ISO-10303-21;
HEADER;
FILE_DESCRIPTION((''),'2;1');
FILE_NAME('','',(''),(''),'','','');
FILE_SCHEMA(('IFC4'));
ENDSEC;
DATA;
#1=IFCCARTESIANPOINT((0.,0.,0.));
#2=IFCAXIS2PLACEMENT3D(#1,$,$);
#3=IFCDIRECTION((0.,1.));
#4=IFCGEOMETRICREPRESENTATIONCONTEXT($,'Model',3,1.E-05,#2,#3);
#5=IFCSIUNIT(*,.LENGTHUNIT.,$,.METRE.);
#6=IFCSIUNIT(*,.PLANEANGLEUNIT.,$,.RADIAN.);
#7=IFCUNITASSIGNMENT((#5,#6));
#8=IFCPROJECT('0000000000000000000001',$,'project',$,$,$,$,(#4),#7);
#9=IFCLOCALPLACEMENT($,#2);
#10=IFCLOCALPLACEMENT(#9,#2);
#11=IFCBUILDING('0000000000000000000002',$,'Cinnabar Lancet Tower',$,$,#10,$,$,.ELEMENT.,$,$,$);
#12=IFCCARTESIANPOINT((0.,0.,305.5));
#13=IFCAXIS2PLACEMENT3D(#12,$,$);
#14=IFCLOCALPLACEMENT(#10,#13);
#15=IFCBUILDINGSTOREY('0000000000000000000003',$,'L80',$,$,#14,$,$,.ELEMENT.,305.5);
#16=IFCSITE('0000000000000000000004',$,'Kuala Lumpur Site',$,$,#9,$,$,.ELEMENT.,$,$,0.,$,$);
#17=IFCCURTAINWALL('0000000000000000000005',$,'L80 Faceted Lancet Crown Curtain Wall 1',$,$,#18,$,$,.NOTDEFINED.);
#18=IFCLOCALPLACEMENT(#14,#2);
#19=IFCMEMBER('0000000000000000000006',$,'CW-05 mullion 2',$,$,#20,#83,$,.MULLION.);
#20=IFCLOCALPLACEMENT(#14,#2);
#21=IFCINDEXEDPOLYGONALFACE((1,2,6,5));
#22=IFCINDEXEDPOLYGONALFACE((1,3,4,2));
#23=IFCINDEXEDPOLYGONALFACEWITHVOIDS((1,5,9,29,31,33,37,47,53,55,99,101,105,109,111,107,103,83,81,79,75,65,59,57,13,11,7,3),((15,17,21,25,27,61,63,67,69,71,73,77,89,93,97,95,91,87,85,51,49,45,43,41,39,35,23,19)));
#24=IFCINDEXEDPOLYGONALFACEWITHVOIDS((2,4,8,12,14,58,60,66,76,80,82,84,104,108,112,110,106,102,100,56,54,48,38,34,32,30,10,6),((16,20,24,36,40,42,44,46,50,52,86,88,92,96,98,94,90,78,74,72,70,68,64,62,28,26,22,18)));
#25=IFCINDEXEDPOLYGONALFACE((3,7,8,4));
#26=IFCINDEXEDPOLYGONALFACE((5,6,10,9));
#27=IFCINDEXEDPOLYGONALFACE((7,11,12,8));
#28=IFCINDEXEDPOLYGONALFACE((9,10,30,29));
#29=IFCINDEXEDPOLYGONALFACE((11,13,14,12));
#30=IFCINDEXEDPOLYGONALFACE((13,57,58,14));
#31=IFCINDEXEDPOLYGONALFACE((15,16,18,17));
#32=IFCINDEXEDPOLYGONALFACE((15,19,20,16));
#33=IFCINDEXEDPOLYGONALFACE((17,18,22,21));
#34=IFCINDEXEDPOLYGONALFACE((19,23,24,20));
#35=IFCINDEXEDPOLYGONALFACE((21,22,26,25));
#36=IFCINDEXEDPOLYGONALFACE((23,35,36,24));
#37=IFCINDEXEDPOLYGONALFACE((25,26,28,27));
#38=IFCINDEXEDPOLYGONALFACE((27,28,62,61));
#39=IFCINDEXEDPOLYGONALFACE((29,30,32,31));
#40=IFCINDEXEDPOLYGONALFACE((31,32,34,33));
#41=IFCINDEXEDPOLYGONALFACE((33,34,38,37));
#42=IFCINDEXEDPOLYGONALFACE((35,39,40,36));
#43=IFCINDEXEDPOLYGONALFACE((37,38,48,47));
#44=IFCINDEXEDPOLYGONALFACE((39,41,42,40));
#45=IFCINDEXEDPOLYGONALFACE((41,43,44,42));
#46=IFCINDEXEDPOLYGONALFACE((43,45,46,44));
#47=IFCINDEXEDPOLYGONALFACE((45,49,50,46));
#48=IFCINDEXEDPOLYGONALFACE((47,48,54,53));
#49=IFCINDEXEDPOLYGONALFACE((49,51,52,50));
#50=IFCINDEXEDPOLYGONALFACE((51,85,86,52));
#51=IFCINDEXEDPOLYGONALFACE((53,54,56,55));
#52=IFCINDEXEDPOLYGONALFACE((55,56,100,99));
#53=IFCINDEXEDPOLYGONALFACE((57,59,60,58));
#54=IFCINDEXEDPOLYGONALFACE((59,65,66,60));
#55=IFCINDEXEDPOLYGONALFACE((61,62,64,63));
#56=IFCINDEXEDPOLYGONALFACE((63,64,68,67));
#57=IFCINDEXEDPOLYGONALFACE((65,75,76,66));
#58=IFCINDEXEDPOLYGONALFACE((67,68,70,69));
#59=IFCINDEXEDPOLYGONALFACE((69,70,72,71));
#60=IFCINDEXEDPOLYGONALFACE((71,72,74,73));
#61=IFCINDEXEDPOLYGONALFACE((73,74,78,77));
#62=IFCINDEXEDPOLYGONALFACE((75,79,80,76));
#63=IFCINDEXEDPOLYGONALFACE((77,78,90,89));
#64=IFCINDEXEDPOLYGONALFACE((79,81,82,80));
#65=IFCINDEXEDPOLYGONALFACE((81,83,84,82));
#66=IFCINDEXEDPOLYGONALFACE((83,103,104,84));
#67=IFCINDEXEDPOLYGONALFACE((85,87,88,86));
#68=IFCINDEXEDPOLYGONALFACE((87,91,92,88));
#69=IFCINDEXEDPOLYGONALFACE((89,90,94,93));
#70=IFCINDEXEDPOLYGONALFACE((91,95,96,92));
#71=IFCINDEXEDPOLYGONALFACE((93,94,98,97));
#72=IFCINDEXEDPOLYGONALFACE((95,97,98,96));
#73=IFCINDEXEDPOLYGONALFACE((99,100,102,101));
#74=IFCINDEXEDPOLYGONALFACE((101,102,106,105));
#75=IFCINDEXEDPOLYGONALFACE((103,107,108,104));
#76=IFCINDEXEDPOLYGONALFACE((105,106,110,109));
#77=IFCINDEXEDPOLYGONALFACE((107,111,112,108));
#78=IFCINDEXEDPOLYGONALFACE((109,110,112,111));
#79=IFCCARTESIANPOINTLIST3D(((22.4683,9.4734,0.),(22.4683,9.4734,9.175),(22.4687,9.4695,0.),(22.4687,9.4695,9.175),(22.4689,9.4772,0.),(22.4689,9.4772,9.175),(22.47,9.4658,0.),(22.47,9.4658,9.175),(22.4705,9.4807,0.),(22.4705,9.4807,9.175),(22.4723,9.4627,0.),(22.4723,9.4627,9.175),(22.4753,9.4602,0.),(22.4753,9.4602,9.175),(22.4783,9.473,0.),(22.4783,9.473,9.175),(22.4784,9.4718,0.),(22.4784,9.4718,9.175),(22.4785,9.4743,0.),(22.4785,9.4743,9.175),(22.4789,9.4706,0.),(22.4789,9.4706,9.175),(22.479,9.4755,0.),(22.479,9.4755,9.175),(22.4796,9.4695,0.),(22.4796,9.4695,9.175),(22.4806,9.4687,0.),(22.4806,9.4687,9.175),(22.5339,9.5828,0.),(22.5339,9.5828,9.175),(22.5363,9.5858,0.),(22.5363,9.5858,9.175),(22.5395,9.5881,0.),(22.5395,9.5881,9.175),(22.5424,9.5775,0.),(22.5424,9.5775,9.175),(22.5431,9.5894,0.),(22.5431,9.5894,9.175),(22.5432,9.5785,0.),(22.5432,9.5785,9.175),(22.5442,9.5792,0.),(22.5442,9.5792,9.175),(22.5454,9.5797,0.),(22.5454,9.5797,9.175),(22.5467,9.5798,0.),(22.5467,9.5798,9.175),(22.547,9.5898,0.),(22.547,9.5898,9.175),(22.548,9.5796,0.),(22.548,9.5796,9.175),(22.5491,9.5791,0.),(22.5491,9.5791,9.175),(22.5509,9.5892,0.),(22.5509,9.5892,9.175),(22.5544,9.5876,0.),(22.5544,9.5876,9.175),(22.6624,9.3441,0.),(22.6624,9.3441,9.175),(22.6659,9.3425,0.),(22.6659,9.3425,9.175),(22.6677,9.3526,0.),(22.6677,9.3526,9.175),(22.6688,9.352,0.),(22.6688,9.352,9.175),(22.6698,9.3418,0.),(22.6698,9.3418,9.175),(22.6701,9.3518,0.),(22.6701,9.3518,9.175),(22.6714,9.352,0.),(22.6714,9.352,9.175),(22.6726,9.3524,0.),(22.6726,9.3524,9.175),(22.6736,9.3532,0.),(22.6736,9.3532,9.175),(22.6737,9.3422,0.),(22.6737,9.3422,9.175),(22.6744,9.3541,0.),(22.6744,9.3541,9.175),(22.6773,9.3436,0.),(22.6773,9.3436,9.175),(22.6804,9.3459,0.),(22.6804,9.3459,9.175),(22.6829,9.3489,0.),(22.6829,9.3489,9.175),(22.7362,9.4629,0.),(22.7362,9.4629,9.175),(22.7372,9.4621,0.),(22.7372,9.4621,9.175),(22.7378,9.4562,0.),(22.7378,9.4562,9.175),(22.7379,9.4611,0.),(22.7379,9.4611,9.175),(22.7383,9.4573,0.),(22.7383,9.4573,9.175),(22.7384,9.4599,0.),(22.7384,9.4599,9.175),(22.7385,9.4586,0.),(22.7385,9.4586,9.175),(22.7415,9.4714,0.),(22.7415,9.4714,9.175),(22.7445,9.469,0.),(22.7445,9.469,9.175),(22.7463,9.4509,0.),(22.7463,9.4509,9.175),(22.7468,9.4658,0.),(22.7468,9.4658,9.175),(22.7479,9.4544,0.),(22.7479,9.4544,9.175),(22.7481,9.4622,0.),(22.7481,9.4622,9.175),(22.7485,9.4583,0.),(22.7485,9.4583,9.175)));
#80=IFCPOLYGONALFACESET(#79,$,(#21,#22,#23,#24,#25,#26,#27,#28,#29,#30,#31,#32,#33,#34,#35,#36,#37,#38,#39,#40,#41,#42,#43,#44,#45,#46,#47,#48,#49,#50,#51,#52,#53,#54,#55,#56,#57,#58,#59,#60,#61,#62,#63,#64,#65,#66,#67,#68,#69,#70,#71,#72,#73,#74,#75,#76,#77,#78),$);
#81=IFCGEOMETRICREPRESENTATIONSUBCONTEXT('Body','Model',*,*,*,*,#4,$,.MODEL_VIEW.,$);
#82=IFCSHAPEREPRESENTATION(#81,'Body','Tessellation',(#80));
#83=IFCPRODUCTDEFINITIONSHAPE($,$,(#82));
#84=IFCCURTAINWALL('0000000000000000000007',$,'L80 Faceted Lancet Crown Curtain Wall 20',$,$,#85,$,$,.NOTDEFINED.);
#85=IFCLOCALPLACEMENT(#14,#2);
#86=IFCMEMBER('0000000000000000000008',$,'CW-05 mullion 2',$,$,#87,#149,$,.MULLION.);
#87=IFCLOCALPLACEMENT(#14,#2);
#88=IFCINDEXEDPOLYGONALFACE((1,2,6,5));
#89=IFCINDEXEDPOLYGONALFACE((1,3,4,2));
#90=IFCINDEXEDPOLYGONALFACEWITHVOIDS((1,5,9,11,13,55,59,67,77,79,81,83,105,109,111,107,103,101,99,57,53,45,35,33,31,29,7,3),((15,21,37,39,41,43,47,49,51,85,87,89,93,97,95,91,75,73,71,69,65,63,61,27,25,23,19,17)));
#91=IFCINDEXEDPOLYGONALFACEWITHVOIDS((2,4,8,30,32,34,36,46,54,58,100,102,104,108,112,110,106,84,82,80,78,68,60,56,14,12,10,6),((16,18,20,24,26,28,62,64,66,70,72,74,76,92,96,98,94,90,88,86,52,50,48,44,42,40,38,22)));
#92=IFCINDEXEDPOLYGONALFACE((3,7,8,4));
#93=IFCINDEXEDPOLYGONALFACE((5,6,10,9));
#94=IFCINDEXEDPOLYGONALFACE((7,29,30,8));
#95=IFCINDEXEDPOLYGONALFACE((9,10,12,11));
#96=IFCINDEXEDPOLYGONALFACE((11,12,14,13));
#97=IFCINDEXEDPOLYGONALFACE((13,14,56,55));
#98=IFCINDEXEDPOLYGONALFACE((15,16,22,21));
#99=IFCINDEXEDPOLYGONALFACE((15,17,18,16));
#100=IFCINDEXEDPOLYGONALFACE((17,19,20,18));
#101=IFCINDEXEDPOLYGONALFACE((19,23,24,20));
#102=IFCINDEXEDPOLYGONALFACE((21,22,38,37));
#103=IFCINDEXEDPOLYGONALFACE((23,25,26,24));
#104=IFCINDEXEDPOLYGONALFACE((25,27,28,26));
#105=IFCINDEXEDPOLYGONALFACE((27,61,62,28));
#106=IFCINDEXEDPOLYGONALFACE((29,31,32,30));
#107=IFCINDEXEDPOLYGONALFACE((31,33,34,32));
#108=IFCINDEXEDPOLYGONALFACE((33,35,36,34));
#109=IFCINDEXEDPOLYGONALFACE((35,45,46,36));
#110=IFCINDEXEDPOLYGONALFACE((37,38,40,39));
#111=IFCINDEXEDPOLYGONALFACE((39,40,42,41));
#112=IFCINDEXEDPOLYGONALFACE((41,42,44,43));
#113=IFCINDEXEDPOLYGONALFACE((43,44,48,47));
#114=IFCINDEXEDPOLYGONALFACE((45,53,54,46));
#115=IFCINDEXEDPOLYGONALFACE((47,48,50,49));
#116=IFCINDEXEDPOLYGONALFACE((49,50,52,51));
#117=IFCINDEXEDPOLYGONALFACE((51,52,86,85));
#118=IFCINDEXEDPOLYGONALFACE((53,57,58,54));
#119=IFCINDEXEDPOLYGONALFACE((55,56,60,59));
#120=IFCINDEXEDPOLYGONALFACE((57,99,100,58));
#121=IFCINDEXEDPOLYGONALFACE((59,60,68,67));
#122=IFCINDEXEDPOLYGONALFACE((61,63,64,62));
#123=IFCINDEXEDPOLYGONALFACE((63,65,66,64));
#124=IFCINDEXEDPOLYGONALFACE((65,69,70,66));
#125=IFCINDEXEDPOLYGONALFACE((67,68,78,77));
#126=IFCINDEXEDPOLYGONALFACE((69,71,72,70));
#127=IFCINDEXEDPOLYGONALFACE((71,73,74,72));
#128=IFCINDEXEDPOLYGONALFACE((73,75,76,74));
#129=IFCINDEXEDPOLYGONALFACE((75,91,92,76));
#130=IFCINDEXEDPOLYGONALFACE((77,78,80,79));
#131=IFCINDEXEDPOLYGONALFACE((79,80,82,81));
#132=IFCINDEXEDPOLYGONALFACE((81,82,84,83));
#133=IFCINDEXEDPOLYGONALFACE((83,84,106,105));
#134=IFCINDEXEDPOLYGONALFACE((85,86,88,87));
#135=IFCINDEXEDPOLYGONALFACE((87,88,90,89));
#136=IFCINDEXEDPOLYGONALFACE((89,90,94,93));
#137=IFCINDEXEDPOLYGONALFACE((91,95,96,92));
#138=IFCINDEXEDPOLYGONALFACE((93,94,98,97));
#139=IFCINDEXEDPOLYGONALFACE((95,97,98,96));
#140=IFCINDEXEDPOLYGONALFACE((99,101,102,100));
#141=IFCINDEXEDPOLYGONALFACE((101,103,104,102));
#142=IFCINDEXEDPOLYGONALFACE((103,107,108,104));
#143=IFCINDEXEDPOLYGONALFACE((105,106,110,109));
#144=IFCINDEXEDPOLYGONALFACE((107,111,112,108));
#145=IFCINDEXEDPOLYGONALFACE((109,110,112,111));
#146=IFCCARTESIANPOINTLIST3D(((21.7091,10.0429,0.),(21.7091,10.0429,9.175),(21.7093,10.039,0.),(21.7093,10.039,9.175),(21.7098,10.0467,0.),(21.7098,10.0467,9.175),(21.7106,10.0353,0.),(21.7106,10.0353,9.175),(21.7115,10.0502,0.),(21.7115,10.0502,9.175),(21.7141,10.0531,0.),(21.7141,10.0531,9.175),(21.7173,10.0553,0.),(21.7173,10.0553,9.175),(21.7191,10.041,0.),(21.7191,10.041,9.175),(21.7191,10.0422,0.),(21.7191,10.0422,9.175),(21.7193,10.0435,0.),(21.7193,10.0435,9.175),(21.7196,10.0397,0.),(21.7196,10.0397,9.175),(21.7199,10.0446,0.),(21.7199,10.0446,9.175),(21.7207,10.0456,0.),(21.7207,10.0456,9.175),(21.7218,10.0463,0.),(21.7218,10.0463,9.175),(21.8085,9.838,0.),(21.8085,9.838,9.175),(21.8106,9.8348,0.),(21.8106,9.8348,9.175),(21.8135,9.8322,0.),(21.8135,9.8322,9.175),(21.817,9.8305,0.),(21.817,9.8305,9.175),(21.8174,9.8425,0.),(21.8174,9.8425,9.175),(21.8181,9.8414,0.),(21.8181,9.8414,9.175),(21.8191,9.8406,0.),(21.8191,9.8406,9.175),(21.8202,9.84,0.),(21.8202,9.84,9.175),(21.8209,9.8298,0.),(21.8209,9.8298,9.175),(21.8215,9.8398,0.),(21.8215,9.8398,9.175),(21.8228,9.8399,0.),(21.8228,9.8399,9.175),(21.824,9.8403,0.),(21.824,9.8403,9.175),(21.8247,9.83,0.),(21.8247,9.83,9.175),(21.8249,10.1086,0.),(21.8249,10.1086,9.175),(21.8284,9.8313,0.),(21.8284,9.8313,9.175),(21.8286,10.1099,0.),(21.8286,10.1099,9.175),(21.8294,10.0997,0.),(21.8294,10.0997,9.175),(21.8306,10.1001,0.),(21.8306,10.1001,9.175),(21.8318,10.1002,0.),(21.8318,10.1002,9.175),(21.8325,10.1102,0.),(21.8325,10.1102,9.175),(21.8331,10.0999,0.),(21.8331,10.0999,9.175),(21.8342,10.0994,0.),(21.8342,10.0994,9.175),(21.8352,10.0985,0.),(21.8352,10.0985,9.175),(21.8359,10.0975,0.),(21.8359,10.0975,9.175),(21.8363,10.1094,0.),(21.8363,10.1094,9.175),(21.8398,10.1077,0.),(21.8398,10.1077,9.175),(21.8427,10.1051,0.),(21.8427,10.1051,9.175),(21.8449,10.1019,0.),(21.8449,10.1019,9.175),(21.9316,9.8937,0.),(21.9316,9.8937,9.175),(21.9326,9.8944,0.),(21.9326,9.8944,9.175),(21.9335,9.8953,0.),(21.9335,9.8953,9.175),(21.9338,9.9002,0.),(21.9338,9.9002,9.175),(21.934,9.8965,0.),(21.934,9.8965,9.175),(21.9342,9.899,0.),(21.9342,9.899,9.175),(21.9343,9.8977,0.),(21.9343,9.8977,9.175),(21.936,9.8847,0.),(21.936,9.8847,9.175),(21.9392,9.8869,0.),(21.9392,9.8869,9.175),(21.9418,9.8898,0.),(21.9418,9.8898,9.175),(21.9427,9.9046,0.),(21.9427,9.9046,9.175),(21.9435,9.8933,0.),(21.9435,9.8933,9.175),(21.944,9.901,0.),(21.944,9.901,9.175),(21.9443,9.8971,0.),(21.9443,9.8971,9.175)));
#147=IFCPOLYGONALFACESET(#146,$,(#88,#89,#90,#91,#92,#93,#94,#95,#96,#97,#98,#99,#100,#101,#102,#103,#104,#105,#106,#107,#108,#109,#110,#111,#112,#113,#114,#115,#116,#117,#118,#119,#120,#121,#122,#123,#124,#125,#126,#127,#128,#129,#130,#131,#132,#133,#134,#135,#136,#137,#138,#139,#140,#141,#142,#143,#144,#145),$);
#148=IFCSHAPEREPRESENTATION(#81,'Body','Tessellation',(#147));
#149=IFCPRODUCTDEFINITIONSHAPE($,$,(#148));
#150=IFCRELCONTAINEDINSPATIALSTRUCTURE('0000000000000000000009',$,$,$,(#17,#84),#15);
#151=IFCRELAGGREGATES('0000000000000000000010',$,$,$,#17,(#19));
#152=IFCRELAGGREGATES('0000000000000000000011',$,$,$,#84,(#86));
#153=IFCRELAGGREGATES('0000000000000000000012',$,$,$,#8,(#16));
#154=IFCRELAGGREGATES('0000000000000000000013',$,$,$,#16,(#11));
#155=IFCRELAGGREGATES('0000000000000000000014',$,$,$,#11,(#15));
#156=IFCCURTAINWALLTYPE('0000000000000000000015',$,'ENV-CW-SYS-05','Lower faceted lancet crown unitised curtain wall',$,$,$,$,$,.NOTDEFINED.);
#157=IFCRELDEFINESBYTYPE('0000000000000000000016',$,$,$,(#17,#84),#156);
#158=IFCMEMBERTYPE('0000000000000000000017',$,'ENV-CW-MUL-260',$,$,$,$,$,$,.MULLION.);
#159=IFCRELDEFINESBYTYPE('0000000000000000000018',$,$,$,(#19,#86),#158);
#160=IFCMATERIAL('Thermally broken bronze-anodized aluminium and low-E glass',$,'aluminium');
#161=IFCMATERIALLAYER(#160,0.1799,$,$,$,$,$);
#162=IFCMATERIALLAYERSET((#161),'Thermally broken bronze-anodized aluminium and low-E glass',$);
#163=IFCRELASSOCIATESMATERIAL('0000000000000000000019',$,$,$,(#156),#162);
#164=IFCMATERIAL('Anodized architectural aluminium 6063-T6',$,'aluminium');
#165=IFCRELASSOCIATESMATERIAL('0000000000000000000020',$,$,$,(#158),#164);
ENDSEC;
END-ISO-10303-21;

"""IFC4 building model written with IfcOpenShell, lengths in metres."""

from ifc_helpers import new_model, si_unit, direction, frame, origin, origin_2d, place, context, subcontext, project, spatial, hollow_rectangle, extrude, material, layer, layer_set, material_profile, profile_set, type_object, element, aggregate, save


model = new_model("IFC4")

# Units and contexts
model_context = context("Model", 3, precision=1e-05, world=origin(), true_north=direction((0.0, 1.0)))
body_context = subcontext(model_context, "Body", "Model", "MODEL_VIEW")
ifc_project = project(units=[si_unit("LENGTHUNIT", "METRE"), si_unit("PLANEANGLEUNIT", "RADIAN")], contexts=[model_context])

# Site, building, storey
site_placement = place(None, origin())
site = spatial("IfcSite", under=ifc_project, at=site_placement, Name="Kuala Lumpur Site", CompositionType="ELEMENT", RefElevation=0.0)
building_placement = place(site_placement, origin())
building = spatial("IfcBuilding", under=site, at=building_placement, Name="Cinnabar Lancet Tower", CompositionType="ELEMENT")
storey_placement = place(building_placement, frame((0.0, 0.0, 305.5)))
storey = spatial("IfcBuildingStorey", under=building, at=storey_placement, Name="L80", CompositionType="ELEMENT", Elevation=305.5)

# Curtain wall, member
ifc_material_1 = material(Name="Thermally broken bronze-anodized aluminium and low-E glass", Category="aluminium")
ifc_layer_1 = layer(ifc_material_1, 0.1799)
ifc_layer_set_1 = layer_set([ifc_layer_1], Name="Thermally broken bronze-anodized aluminium and low-E glass")
curtain_wall_type = type_object("IfcCurtainWallType", Name="ENV-CW-SYS-05", Description="Lower faceted lancet crown unitised curtain wall", PredefinedType="NOTDEFINED", material=ifc_layer_set_1)
curtain_wall_1_placement = place(storey_placement, origin())
curtain_wall_1 = element("IfcCurtainWall", 1, at=curtain_wall_1_placement, inside=storey, type_object=curtain_wall_type, Name="L80 Faceted Lancet Crown Curtain Wall 1", PredefinedType="NOTDEFINED")
ifc_material_2 = material(Name="Anodized architectural aluminium 6063-T6", Category="aluminium")
ifc_material_profile_1 = material_profile(ifc_material_2, hollow_rectangle(XDim=0.1499, YDim=0.25, WallThickness=0.01, InnerFilletRadius=0.0049, OuterFilletRadius=0.0149, at=origin_2d()), Name="RHS 250x150x10")
ifc_profile_set_1 = profile_set([ifc_material_profile_1], Name="Anodized architectural aluminium 6063-T6")
member_type_1 = type_object("IfcMemberType", Name="ENV-CW-MUL-260", PredefinedType="MULLION", material=ifc_profile_set_1)
member_1_placement = place(storey_placement, frame((22.6084, 9.4658, 0.0), z_axis=(0.0, 0.0, 1.0), x_axis=(0.527496, 0.849557, 0.0)))
member_1 = element("IfcMember", 2, at=member_1_placement, type_object=member_type_1, Name="CW-05 mullion 2", PredefinedType="MULLION", context=body_context, shape_type="SweptSolid", body=[
    extrude(hollow_rectangle(XDim=0.1499, YDim=0.25, WallThickness=0.01, InnerFilletRadius=0.0049, OuterFilletRadius=0.0149, at=origin_2d()), origin(), (0.0, 0.0, 1.0), 9.175),
])

# Curtain wall, member
curtain_wall_2_placement = place(storey_placement, origin())
curtain_wall_2 = element("IfcCurtainWall", 3, at=curtain_wall_2_placement, inside=storey, type_object=curtain_wall_type, Name="L80 Faceted Lancet Crown Curtain Wall 20", PredefinedType="NOTDEFINED")
member_2_placement = place(storey_placement, frame((21.8267, 9.97, 0.0), z_axis=(0.0, 0.0, 1.0), x_axis=(0.89582, 0.444416, 0.0)))
member_2 = element("IfcMember", 4, at=member_2_placement, type_object=member_type_1, Name="CW-05 mullion 2", PredefinedType="MULLION", context=body_context, shape_type="SweptSolid", body=[
    extrude(hollow_rectangle(XDim=0.1499, YDim=0.25, WallThickness=0.01, InnerFilletRadius=0.0049, OuterFilletRadius=0.0149, at=origin_2d()), origin(), (0.0, 0.0, 1.0), 9.175),
])

aggregate(curtain_wall_1, [member_1])
aggregate(curtain_wall_2, [member_2])

save(model, "model.ifc")
